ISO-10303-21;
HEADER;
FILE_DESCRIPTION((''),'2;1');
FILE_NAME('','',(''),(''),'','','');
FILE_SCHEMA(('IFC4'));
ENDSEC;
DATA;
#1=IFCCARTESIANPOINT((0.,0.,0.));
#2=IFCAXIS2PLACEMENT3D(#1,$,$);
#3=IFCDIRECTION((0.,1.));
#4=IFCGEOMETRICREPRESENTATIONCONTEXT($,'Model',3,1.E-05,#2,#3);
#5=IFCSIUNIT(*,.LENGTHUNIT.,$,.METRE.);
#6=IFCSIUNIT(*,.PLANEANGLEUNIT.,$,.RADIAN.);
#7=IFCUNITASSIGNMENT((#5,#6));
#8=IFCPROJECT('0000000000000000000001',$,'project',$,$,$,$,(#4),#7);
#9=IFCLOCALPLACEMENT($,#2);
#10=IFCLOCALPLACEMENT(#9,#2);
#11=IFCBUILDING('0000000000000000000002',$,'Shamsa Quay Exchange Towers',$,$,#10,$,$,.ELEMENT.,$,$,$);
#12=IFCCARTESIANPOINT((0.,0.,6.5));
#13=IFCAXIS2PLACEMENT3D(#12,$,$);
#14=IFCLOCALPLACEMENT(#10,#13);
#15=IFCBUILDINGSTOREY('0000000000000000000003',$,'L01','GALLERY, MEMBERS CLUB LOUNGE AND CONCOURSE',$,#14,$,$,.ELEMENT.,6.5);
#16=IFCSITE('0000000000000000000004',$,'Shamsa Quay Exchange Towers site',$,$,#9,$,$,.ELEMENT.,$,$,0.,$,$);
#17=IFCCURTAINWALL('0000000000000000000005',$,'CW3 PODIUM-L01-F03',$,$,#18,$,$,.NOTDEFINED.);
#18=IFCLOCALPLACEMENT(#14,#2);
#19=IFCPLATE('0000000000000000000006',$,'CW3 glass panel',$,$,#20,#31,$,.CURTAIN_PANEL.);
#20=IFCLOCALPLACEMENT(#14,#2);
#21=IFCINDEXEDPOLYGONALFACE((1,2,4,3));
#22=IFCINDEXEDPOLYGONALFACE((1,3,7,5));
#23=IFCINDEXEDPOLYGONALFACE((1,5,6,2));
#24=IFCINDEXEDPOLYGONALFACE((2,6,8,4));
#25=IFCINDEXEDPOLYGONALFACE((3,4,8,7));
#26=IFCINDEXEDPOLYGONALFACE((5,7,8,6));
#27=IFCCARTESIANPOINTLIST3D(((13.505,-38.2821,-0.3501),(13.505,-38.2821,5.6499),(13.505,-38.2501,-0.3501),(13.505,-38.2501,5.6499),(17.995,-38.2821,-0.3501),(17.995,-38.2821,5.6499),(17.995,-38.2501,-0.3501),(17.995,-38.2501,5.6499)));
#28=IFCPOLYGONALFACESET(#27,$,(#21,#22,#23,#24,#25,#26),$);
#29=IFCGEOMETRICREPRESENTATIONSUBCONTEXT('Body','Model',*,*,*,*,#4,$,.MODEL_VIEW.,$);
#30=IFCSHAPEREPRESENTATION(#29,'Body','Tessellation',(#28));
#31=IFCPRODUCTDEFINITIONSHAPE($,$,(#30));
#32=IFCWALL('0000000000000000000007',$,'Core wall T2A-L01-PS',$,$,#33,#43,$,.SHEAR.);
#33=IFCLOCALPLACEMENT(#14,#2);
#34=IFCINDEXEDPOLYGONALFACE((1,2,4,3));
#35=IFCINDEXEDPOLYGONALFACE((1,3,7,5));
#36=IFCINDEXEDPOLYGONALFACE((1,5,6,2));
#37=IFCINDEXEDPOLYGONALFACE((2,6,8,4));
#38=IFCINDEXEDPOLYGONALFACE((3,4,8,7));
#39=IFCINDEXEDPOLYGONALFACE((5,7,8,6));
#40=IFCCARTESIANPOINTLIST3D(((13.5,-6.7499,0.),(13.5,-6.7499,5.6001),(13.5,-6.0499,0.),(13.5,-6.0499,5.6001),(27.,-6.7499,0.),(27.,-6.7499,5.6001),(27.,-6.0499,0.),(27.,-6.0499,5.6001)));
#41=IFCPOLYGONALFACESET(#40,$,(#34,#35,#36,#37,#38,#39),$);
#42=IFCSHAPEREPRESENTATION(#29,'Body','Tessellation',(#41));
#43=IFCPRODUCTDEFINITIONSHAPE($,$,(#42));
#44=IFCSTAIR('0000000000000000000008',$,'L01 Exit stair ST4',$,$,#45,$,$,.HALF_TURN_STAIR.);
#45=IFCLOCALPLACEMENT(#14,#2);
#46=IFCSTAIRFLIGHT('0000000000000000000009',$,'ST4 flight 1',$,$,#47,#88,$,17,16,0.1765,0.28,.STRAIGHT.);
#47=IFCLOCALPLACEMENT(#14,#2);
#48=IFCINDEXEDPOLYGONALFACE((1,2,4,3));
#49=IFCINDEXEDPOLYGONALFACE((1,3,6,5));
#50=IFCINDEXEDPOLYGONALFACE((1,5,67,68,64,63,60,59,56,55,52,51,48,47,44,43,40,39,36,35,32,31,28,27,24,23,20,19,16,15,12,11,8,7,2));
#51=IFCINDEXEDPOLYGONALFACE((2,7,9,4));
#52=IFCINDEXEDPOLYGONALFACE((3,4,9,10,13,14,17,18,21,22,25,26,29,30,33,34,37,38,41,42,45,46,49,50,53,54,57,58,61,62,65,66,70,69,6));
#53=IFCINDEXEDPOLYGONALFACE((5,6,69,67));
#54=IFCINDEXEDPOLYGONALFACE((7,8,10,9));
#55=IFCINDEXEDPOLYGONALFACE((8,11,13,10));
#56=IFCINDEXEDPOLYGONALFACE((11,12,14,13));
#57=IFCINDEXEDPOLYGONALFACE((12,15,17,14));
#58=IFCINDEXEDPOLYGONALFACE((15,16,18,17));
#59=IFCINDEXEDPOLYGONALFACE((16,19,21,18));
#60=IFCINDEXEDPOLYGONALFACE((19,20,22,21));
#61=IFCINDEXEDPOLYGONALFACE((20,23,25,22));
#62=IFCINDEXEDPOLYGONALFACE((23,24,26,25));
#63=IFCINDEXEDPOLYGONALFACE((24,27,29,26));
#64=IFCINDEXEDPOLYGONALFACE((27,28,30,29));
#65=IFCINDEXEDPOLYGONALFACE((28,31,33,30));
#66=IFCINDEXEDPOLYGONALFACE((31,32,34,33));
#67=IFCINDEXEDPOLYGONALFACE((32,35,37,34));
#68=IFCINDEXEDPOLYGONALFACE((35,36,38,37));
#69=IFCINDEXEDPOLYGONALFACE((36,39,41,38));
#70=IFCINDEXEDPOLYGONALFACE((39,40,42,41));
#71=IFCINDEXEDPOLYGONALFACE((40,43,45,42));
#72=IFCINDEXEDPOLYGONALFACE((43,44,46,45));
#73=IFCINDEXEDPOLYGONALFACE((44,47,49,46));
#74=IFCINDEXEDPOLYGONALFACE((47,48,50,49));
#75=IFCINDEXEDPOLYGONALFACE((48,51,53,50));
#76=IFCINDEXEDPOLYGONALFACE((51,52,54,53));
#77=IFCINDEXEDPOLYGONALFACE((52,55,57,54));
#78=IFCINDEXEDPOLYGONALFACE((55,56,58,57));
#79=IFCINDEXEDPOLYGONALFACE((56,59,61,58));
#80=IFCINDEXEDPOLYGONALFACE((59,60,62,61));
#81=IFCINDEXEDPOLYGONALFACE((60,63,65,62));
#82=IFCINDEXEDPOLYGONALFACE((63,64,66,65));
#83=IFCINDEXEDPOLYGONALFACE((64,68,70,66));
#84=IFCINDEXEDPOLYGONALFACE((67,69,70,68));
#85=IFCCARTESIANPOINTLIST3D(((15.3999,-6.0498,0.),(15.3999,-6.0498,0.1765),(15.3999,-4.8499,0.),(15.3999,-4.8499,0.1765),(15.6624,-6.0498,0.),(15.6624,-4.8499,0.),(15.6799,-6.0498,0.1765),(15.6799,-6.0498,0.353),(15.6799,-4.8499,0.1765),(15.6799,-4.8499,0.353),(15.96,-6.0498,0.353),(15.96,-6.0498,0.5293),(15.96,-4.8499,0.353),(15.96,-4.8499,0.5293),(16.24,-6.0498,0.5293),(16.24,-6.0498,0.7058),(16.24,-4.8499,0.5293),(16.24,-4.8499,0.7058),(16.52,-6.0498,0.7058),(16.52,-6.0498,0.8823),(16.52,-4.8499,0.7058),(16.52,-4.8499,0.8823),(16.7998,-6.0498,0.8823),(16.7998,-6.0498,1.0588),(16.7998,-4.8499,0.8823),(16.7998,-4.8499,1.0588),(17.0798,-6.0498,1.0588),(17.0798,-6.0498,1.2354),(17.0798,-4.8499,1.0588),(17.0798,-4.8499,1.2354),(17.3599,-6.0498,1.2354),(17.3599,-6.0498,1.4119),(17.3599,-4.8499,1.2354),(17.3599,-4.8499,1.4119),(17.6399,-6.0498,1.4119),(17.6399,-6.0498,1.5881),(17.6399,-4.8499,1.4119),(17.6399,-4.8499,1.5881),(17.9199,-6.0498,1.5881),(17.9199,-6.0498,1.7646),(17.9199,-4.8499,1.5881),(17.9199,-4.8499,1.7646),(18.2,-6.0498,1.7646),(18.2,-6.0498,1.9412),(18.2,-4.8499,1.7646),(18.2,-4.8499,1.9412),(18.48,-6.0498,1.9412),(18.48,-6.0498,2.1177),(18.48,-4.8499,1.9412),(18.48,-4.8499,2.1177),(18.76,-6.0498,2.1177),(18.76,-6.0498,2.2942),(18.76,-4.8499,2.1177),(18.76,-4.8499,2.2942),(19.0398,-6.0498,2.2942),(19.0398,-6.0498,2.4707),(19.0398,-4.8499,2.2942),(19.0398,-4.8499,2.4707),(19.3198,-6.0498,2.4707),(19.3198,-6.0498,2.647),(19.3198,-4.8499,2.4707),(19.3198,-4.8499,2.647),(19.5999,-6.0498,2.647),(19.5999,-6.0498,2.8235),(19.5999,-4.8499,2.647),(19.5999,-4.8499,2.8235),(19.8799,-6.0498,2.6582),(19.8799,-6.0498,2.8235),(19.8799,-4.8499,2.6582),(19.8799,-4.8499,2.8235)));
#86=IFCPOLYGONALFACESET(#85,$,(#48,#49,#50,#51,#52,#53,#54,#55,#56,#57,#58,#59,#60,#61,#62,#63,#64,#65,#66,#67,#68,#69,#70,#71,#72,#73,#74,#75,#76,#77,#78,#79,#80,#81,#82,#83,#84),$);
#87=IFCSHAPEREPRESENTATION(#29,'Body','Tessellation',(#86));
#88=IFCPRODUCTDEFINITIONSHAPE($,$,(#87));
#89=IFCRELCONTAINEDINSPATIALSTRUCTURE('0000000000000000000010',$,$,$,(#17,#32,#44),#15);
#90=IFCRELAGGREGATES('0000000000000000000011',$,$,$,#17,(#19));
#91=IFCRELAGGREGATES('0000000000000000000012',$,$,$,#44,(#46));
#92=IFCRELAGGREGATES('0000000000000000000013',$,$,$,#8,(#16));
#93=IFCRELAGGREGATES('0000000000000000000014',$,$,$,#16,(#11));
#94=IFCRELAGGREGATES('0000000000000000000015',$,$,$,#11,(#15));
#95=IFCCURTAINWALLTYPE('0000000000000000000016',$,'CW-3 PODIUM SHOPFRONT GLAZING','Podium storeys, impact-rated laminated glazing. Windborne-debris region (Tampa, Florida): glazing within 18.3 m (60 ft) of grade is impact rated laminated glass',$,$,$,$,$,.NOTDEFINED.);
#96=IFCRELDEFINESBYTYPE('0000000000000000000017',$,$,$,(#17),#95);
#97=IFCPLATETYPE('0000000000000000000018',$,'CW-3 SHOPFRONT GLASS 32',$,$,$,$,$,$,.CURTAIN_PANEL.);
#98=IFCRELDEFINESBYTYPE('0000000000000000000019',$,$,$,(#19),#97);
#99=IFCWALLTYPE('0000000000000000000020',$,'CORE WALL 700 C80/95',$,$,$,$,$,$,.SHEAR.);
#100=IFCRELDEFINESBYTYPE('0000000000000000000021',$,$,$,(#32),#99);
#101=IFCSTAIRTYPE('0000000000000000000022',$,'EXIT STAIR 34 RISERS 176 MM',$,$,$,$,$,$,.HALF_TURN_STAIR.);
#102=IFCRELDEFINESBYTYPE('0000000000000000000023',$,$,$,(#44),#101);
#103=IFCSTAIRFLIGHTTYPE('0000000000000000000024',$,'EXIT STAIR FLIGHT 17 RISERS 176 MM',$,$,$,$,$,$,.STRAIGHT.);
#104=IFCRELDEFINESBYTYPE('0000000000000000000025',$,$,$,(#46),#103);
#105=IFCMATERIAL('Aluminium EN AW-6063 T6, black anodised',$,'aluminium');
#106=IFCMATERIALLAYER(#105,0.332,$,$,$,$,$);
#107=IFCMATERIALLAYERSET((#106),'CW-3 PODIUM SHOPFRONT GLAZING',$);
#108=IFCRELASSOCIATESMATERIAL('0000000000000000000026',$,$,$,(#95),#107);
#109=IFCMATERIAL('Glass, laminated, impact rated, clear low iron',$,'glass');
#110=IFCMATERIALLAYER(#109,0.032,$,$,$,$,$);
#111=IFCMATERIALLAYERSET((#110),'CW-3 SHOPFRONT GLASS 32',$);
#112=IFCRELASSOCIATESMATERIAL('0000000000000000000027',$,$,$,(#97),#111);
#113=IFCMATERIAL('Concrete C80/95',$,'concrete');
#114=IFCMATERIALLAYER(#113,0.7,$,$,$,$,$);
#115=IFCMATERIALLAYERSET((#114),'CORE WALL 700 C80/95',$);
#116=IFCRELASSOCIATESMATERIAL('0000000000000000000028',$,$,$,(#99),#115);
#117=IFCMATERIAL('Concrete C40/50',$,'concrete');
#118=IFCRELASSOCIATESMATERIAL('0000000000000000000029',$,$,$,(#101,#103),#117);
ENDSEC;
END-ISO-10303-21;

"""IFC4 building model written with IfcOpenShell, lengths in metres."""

from ifc_helpers import new_model, si_unit, direction, frame, frame_2d, origin, origin_2d, place, context, subcontext, project, spatial, polyline, rectangle, outline, extrude, material, layer, layer_set, type_object, element, aggregate, save


model = new_model("IFC4")

# Units and contexts
model_context = context("Model", 3, precision=1e-05, world=origin(), true_north=direction((0.0, 1.0)))
body_context = subcontext(model_context, "Body", "Model", "MODEL_VIEW")
ifc_project = project(units=[si_unit("LENGTHUNIT", "METRE"), si_unit("PLANEANGLEUNIT", "RADIAN")], contexts=[model_context])

# Site, building, storey
site_placement = place(None, origin())
site = spatial("IfcSite", under=ifc_project, at=site_placement, Name="Shamsa Quay Exchange Towers site", CompositionType="ELEMENT", RefElevation=0.0)
building_placement = place(site_placement, origin())
building = spatial("IfcBuilding", under=site, at=building_placement, Name="Shamsa Quay Exchange Towers", CompositionType="ELEMENT")
storey_placement = place(building_placement, frame((0.0, 0.0, 6.5)))
storey = spatial("IfcBuildingStorey", under=building, at=storey_placement, Name="L01", Description="GALLERY, MEMBERS CLUB LOUNGE AND CONCOURSE", CompositionType="ELEMENT", Elevation=6.5)

# Curtain wall
ifc_material_1 = material(Name="Aluminium EN AW-6063 T6, black anodised", Category="aluminium")
ifc_layer_1 = layer(ifc_material_1, 0.332)
ifc_layer_set_1 = layer_set([ifc_layer_1], Name="CW-3 PODIUM SHOPFRONT GLAZING")
curtain_wall_type = type_object("IfcCurtainWallType", Name="CW-3 PODIUM SHOPFRONT GLAZING", Description="Podium storeys, impact-rated laminated glazing. Windborne-debris region (Tampa, Florida): glazing within 18.3 m (60 ft) of grade is impact rated laminated glass", PredefinedType="NOTDEFINED", material=ifc_layer_set_1)
curtain_wall_placement = place(storey_placement, origin())
curtain_wall = element("IfcCurtainWall", 1, at=curtain_wall_placement, inside=storey, type_object=curtain_wall_type, Name="CW3 PODIUM-L01-F03", PredefinedType="NOTDEFINED")

# Plate
ifc_material_2 = material(Name="Glass, laminated, impact rated, clear low iron", Category="glass")
ifc_layer_2 = layer(ifc_material_2, 0.032)
ifc_layer_set_2 = layer_set([ifc_layer_2], Name="CW-3 SHOPFRONT GLASS 32")
plate_type = type_object("IfcPlateType", Name="CW-3 SHOPFRONT GLASS 32", PredefinedType="CURTAIN_PANEL", material=ifc_layer_set_2)
plate_1_placement = place(storey_placement, frame((15.75, -38.2661, -0.3501)))
plate_1 = element("IfcPlate", 2, at=plate_1_placement, type_object=plate_type, Name="CW3 glass panel", PredefinedType="CURTAIN_PANEL", context=body_context, shape_type="SweptSolid", body=[
    extrude(rectangle(XDim=4.49, YDim=0.032, at=origin_2d()), origin(), (0.0, 0.0, 1.0), 6.0),
])
aggregate(curtain_wall, [plate_1])

# Wall
ifc_material_3 = material(Name="Concrete C80/95", Category="concrete")
ifc_layer_3 = layer(ifc_material_3, 0.7)
ifc_layer_set_3 = layer_set([ifc_layer_3], Name="CORE WALL 700 C80/95")
wall_type = type_object("IfcWallType", Name="CORE WALL 700 C80/95", PredefinedType="SHEAR", material=ifc_layer_set_3)
wall_placement = place(storey_placement, frame((13.5, -6.3999, 0.0)))
element("IfcWall", 3, at=wall_placement, inside=storey, type_object=wall_type, Name="Core wall T2A-L01-PS", PredefinedType="SHEAR", context=body_context, shape_type="SweptSolid", body=[
    extrude(rectangle(XDim=13.5, YDim=0.7, at=frame_2d((6.75, 0.0))), origin(), (0.0, 0.0, 1.0), 5.6001),
])

# Stair, stair flight
ifc_material_4 = material(Name="Concrete C40/50", Category="concrete")
stair_type = type_object("IfcStairType", Name="EXIT STAIR 34 RISERS 176 MM", PredefinedType="HALF_TURN_STAIR", material=ifc_material_4)
stair_placement = place(storey_placement, origin())
stair = element("IfcStair", 4, at=stair_placement, inside=storey, type_object=stair_type, Name="L01 Exit stair ST4", PredefinedType="HALF_TURN_STAIR")
stair_flight_type = type_object("IfcStairFlightType", Name="EXIT STAIR FLIGHT 17 RISERS 176 MM", PredefinedType="STRAIGHT", material=ifc_material_4)
stair_flight_placement = place(storey_placement, frame((15.3999, -5.45, 0.0)))
stair_flight = element("IfcStairFlight", 5, at=stair_flight_placement, type_object=stair_flight_type, Name="ST4 flight 1", NumberOfRisers=17, NumberOfTreads=16, PredefinedType="STRAIGHT", RiserHeight=0.1765, TreadLength=0.28, context=body_context, shape_type="SweptSolid", body=[
    extrude(outline(polyline([(0.0, 0.0), (0.0, 0.1765), (0.28, 0.1765), (0.28, 0.353), (0.5601, 0.353), (0.5601, 0.5293), (0.8401, 0.5293), (0.8401, 0.7058), (1.1201, 0.7058), (1.1201, 0.8823), (1.3999, 0.8823), (1.3999, 1.0588), (1.6799, 1.0588), (1.6799, 1.2354), (1.96, 1.2354), (1.96, 1.4119), (2.24, 1.4119), (2.24, 1.5881), (2.52, 1.5881), (2.52, 1.7646), (2.8, 1.7646), (2.8, 1.9412), (3.0801, 1.9412), (3.0801, 2.1177), (3.3601, 2.1177), (3.3601, 2.2942), (3.6399, 2.2942), (3.6399, 2.4707), (3.9199, 2.4707), (3.9199, 2.647), (4.2, 2.647), (4.2, 2.8235), (4.48, 2.8235), (4.48, 3.0), (4.48, 2.6582), (0.2625, 0.0), (0.0, 0.0)])), frame((0.0, 0.6001, 0.0), z_axis=(0.0, -1.0, 0.0), x_axis=(1.0, 0.0, 0.0)), (0.0, 0.0, 1.0), 1.2),
])
aggregate(stair, [stair_flight])

save(model, "model.ifc")
